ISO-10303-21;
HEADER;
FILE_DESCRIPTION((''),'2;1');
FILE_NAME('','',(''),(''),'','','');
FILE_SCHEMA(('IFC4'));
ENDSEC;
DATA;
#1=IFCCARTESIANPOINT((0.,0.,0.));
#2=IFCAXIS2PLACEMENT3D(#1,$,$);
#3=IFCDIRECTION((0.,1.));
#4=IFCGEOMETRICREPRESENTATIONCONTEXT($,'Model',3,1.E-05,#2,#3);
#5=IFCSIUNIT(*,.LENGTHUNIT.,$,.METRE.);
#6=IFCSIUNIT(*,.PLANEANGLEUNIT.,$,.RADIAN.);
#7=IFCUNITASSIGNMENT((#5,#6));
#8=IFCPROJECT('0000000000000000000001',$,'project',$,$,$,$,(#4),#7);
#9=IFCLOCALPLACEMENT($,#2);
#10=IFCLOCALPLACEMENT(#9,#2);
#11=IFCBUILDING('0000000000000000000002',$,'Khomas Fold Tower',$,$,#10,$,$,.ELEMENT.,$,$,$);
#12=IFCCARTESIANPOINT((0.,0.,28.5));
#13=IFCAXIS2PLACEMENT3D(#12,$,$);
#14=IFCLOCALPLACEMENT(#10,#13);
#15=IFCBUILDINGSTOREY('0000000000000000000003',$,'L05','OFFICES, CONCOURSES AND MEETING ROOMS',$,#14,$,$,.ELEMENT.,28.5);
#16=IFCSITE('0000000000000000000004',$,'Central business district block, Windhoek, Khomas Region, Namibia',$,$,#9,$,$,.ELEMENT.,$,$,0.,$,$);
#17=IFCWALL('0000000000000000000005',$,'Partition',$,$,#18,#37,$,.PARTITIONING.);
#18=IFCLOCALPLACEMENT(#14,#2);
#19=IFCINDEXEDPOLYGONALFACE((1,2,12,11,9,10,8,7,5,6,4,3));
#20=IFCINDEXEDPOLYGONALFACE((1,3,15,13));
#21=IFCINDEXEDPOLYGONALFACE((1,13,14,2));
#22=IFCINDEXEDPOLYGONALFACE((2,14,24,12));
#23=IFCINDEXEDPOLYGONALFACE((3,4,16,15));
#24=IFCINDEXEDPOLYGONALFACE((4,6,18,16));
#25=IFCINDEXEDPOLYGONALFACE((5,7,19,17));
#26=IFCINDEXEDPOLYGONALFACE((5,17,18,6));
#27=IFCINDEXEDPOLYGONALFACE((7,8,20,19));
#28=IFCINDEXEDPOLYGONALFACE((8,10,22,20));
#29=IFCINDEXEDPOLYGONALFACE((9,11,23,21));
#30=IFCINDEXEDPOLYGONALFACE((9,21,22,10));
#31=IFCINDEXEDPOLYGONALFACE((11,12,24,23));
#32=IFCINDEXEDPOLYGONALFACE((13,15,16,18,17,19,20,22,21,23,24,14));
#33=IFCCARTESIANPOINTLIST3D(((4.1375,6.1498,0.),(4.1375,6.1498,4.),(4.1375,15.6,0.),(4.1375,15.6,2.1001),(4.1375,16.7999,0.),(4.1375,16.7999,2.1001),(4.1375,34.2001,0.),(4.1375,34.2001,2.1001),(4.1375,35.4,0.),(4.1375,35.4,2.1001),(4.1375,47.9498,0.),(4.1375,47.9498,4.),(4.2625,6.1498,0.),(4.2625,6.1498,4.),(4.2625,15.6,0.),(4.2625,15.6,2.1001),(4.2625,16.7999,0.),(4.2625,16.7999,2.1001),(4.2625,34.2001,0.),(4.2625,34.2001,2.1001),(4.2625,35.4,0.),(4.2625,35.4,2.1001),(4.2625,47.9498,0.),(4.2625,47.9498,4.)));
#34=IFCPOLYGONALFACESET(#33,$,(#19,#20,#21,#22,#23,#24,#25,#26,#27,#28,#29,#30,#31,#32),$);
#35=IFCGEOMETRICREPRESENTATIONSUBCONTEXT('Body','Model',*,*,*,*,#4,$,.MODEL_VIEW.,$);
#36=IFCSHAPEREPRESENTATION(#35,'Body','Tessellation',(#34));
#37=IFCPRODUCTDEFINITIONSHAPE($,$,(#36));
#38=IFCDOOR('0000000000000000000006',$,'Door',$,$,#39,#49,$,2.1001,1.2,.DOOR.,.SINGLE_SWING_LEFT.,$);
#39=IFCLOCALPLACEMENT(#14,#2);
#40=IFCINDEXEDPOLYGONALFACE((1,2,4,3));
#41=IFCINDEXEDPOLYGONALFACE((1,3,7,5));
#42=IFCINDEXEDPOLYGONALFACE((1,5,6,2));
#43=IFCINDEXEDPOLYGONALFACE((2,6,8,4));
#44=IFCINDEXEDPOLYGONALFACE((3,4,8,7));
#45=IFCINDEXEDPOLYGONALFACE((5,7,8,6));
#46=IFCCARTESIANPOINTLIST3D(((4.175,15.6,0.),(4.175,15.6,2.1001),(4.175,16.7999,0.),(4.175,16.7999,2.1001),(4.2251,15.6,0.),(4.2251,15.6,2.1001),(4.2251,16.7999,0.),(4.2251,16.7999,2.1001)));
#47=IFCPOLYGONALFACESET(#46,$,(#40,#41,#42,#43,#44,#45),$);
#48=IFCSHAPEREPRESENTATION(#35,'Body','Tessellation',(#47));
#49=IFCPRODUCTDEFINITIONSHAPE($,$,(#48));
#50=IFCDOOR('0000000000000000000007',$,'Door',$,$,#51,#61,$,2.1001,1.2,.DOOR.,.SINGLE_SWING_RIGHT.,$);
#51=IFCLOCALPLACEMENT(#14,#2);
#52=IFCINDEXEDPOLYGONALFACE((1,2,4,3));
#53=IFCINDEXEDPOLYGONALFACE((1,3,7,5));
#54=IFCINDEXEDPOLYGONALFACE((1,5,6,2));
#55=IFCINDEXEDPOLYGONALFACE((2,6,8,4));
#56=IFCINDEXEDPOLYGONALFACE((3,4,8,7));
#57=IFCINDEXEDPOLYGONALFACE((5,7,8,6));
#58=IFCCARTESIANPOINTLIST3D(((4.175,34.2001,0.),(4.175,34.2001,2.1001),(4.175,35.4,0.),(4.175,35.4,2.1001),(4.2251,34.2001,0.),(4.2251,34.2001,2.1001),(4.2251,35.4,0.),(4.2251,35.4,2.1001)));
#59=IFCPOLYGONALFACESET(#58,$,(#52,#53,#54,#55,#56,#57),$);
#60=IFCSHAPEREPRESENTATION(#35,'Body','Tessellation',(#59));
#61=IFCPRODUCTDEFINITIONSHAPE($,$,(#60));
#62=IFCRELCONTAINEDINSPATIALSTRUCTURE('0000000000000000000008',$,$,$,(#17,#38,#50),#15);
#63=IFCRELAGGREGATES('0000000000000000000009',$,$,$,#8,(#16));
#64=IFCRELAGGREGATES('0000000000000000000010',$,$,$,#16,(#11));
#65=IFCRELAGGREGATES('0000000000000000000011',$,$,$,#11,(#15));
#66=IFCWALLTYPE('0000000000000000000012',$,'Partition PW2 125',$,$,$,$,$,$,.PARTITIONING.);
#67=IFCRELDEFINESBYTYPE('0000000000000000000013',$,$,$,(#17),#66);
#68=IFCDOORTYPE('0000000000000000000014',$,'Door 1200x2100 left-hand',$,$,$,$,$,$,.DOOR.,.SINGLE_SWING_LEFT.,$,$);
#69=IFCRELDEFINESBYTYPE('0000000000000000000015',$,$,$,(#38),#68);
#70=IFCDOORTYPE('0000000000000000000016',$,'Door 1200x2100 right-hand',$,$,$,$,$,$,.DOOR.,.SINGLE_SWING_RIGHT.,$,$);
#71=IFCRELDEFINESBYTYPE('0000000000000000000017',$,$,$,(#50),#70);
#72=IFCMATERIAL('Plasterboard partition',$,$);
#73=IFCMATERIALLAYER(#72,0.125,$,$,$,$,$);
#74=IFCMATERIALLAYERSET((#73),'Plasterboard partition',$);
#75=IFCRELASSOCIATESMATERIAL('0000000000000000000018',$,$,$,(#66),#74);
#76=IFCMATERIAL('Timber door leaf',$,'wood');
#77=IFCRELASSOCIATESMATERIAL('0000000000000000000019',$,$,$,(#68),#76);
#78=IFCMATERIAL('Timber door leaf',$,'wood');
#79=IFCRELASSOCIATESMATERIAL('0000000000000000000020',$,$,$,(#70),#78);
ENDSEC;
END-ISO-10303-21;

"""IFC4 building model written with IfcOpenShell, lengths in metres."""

from ifc_helpers import new_model, si_unit, direction, frame, frame_2d, origin, place, context, subcontext, project, spatial, rectangle, extrude, source, transform, mapped, material, layer, layer_set, type_object, element, fill, save


model = new_model("IFC4")

# Units and contexts
model_context = context("Model", 3, precision=1e-05, world=origin(), true_north=direction((0.0, 1.0)))
body_context = subcontext(model_context, "Body", "Model", "MODEL_VIEW")
ifc_project = project(units=[si_unit("LENGTHUNIT", "METRE"), si_unit("PLANEANGLEUNIT", "RADIAN")], contexts=[model_context])

# Site, building, storey
site_placement = place(None, origin())
site = spatial("IfcSite", under=ifc_project, at=site_placement, Name="Central business district block, Windhoek, Khomas Region, Namibia", CompositionType="ELEMENT", RefElevation=0.0)
building_placement = place(site_placement, origin())
building = spatial("IfcBuilding", under=site, at=building_placement, Name="Khomas Fold Tower", CompositionType="ELEMENT")
storey_placement = place(building_placement, frame((0.0, 0.0, 28.5)))
storey = spatial("IfcBuildingStorey", under=building, at=storey_placement, Name="L05", Description="OFFICES, CONCOURSES AND MEETING ROOMS", CompositionType="ELEMENT", Elevation=28.5)

# Shared definitions
shared_shape_1 = source(origin(), body_context, "Body", "SweptSolid", [
    extrude(rectangle(XDim=1.2, YDim=2.1001, at=frame_2d((0.6001, 1.05))), frame((0.0, 0.0249, 0.0), z_axis=(0.0, -1.0, 0.0), x_axis=(1.0, 0.0, 0.0)), (0.0, 0.0, 1.0), 0.05),
])

# Shared definitions
ifc_material_1 = material(Name="Plasterboard partition")
ifc_layer_1 = layer(ifc_material_1, 0.125)
ifc_layer_set_1 = layer_set([ifc_layer_1], Name="Plasterboard partition")
wall_type_1 = type_object("IfcWallType", Name="Partition PW2 125", PredefinedType="PARTITIONING", material=ifc_layer_set_1)
shared_shape_2 = source(origin(), body_context, "Body", "SweptSolid", [
    extrude(rectangle(XDim=1.2, YDim=2.1001, at=frame_2d((0.6001, 1.05))), frame((0.0, 0.0725, 0.0), z_axis=(0.0, -1.0, 0.0), x_axis=(1.0, 0.0, 0.0)), (0.0, 0.0, 1.0), 0.145),
])
ifc_material_2 = material(Name="Timber door leaf", Category="wood")
door_type_1 = type_object("IfcDoorType", Name="Door 1200x2100 left-hand", OperationType="SINGLE_SWING_LEFT", PredefinedType="DOOR", material=ifc_material_2)

# Wall, openings, doors
shared_shape_3 = source(origin(), body_context, "Body", "SweptSolid", [
    extrude(rectangle(XDim=41.8, YDim=0.125, at=frame_2d((20.8999, 0.0))), origin(), (0.0, 0.0, 1.0), 4.0),
])
wall_1_placement = place(storey_placement, frame((4.2, 6.1499, 0.0), z_axis=(0.0, 0.0, 1.0), x_axis=(0.0, 1.0, 0.0)))
wall_1 = element("IfcWall", 1, at=wall_1_placement, inside=storey, type_object=wall_type_1, Name="Partition", PredefinedType="PARTITIONING", context=body_context, shape_type="MappedRepresentation", body=[
    mapped(shared_shape_3, transform((0.0, 0.0, 0.0))),
])
opening_1_placement = place(wall_1_placement, frame((9.45, 0.0, 0.0)))
opening_1 = element("IfcOpeningElement", 2, at=opening_1_placement, cuts=wall_1, PredefinedType="OPENING", context=body_context, shape_type="MappedRepresentation", body=[
    mapped(shared_shape_2, transform((0.0, 0.0, 0.0))),
])
opening_2_placement = place(wall_1_placement, frame((28.05, 0.0, 0.0)))
opening_2 = element("IfcOpeningElement", 3, at=opening_2_placement, cuts=wall_1, PredefinedType="OPENING", context=body_context, shape_type="MappedRepresentation", body=[
    mapped(shared_shape_2, transform((0.0, 0.0, 0.0))),
])
door_1_placement = place(opening_1_placement, origin())
door_1 = element("IfcDoor", 4, at=door_1_placement, inside=storey, type_object=door_type_1, Name="Door", OperationType="SINGLE_SWING_LEFT", OverallHeight=2.1001, OverallWidth=1.2, PredefinedType="DOOR", context=body_context, shape_type="MappedRepresentation", body=[
    mapped(shared_shape_1, transform((0.0, 0.0, 0.0))),
])
fill(opening_1, door_1)
ifc_material_3 = material(Name="Timber door leaf", Category="wood")
door_type_2 = type_object("IfcDoorType", Name="Door 1200x2100 right-hand", OperationType="SINGLE_SWING_RIGHT", PredefinedType="DOOR", material=ifc_material_3)
door_2_placement = place(opening_2_placement, origin())
door_2 = element("IfcDoor", 5, at=door_2_placement, inside=storey, type_object=door_type_2, Name="Door", OperationType="SINGLE_SWING_RIGHT", OverallHeight=2.1001, OverallWidth=1.2, PredefinedType="DOOR", context=body_context, shape_type="MappedRepresentation", body=[
    mapped(shared_shape_1, transform((0.0, 0.0, 0.0))),
])
fill(opening_2, door_2)

save(model, "model.ifc")
